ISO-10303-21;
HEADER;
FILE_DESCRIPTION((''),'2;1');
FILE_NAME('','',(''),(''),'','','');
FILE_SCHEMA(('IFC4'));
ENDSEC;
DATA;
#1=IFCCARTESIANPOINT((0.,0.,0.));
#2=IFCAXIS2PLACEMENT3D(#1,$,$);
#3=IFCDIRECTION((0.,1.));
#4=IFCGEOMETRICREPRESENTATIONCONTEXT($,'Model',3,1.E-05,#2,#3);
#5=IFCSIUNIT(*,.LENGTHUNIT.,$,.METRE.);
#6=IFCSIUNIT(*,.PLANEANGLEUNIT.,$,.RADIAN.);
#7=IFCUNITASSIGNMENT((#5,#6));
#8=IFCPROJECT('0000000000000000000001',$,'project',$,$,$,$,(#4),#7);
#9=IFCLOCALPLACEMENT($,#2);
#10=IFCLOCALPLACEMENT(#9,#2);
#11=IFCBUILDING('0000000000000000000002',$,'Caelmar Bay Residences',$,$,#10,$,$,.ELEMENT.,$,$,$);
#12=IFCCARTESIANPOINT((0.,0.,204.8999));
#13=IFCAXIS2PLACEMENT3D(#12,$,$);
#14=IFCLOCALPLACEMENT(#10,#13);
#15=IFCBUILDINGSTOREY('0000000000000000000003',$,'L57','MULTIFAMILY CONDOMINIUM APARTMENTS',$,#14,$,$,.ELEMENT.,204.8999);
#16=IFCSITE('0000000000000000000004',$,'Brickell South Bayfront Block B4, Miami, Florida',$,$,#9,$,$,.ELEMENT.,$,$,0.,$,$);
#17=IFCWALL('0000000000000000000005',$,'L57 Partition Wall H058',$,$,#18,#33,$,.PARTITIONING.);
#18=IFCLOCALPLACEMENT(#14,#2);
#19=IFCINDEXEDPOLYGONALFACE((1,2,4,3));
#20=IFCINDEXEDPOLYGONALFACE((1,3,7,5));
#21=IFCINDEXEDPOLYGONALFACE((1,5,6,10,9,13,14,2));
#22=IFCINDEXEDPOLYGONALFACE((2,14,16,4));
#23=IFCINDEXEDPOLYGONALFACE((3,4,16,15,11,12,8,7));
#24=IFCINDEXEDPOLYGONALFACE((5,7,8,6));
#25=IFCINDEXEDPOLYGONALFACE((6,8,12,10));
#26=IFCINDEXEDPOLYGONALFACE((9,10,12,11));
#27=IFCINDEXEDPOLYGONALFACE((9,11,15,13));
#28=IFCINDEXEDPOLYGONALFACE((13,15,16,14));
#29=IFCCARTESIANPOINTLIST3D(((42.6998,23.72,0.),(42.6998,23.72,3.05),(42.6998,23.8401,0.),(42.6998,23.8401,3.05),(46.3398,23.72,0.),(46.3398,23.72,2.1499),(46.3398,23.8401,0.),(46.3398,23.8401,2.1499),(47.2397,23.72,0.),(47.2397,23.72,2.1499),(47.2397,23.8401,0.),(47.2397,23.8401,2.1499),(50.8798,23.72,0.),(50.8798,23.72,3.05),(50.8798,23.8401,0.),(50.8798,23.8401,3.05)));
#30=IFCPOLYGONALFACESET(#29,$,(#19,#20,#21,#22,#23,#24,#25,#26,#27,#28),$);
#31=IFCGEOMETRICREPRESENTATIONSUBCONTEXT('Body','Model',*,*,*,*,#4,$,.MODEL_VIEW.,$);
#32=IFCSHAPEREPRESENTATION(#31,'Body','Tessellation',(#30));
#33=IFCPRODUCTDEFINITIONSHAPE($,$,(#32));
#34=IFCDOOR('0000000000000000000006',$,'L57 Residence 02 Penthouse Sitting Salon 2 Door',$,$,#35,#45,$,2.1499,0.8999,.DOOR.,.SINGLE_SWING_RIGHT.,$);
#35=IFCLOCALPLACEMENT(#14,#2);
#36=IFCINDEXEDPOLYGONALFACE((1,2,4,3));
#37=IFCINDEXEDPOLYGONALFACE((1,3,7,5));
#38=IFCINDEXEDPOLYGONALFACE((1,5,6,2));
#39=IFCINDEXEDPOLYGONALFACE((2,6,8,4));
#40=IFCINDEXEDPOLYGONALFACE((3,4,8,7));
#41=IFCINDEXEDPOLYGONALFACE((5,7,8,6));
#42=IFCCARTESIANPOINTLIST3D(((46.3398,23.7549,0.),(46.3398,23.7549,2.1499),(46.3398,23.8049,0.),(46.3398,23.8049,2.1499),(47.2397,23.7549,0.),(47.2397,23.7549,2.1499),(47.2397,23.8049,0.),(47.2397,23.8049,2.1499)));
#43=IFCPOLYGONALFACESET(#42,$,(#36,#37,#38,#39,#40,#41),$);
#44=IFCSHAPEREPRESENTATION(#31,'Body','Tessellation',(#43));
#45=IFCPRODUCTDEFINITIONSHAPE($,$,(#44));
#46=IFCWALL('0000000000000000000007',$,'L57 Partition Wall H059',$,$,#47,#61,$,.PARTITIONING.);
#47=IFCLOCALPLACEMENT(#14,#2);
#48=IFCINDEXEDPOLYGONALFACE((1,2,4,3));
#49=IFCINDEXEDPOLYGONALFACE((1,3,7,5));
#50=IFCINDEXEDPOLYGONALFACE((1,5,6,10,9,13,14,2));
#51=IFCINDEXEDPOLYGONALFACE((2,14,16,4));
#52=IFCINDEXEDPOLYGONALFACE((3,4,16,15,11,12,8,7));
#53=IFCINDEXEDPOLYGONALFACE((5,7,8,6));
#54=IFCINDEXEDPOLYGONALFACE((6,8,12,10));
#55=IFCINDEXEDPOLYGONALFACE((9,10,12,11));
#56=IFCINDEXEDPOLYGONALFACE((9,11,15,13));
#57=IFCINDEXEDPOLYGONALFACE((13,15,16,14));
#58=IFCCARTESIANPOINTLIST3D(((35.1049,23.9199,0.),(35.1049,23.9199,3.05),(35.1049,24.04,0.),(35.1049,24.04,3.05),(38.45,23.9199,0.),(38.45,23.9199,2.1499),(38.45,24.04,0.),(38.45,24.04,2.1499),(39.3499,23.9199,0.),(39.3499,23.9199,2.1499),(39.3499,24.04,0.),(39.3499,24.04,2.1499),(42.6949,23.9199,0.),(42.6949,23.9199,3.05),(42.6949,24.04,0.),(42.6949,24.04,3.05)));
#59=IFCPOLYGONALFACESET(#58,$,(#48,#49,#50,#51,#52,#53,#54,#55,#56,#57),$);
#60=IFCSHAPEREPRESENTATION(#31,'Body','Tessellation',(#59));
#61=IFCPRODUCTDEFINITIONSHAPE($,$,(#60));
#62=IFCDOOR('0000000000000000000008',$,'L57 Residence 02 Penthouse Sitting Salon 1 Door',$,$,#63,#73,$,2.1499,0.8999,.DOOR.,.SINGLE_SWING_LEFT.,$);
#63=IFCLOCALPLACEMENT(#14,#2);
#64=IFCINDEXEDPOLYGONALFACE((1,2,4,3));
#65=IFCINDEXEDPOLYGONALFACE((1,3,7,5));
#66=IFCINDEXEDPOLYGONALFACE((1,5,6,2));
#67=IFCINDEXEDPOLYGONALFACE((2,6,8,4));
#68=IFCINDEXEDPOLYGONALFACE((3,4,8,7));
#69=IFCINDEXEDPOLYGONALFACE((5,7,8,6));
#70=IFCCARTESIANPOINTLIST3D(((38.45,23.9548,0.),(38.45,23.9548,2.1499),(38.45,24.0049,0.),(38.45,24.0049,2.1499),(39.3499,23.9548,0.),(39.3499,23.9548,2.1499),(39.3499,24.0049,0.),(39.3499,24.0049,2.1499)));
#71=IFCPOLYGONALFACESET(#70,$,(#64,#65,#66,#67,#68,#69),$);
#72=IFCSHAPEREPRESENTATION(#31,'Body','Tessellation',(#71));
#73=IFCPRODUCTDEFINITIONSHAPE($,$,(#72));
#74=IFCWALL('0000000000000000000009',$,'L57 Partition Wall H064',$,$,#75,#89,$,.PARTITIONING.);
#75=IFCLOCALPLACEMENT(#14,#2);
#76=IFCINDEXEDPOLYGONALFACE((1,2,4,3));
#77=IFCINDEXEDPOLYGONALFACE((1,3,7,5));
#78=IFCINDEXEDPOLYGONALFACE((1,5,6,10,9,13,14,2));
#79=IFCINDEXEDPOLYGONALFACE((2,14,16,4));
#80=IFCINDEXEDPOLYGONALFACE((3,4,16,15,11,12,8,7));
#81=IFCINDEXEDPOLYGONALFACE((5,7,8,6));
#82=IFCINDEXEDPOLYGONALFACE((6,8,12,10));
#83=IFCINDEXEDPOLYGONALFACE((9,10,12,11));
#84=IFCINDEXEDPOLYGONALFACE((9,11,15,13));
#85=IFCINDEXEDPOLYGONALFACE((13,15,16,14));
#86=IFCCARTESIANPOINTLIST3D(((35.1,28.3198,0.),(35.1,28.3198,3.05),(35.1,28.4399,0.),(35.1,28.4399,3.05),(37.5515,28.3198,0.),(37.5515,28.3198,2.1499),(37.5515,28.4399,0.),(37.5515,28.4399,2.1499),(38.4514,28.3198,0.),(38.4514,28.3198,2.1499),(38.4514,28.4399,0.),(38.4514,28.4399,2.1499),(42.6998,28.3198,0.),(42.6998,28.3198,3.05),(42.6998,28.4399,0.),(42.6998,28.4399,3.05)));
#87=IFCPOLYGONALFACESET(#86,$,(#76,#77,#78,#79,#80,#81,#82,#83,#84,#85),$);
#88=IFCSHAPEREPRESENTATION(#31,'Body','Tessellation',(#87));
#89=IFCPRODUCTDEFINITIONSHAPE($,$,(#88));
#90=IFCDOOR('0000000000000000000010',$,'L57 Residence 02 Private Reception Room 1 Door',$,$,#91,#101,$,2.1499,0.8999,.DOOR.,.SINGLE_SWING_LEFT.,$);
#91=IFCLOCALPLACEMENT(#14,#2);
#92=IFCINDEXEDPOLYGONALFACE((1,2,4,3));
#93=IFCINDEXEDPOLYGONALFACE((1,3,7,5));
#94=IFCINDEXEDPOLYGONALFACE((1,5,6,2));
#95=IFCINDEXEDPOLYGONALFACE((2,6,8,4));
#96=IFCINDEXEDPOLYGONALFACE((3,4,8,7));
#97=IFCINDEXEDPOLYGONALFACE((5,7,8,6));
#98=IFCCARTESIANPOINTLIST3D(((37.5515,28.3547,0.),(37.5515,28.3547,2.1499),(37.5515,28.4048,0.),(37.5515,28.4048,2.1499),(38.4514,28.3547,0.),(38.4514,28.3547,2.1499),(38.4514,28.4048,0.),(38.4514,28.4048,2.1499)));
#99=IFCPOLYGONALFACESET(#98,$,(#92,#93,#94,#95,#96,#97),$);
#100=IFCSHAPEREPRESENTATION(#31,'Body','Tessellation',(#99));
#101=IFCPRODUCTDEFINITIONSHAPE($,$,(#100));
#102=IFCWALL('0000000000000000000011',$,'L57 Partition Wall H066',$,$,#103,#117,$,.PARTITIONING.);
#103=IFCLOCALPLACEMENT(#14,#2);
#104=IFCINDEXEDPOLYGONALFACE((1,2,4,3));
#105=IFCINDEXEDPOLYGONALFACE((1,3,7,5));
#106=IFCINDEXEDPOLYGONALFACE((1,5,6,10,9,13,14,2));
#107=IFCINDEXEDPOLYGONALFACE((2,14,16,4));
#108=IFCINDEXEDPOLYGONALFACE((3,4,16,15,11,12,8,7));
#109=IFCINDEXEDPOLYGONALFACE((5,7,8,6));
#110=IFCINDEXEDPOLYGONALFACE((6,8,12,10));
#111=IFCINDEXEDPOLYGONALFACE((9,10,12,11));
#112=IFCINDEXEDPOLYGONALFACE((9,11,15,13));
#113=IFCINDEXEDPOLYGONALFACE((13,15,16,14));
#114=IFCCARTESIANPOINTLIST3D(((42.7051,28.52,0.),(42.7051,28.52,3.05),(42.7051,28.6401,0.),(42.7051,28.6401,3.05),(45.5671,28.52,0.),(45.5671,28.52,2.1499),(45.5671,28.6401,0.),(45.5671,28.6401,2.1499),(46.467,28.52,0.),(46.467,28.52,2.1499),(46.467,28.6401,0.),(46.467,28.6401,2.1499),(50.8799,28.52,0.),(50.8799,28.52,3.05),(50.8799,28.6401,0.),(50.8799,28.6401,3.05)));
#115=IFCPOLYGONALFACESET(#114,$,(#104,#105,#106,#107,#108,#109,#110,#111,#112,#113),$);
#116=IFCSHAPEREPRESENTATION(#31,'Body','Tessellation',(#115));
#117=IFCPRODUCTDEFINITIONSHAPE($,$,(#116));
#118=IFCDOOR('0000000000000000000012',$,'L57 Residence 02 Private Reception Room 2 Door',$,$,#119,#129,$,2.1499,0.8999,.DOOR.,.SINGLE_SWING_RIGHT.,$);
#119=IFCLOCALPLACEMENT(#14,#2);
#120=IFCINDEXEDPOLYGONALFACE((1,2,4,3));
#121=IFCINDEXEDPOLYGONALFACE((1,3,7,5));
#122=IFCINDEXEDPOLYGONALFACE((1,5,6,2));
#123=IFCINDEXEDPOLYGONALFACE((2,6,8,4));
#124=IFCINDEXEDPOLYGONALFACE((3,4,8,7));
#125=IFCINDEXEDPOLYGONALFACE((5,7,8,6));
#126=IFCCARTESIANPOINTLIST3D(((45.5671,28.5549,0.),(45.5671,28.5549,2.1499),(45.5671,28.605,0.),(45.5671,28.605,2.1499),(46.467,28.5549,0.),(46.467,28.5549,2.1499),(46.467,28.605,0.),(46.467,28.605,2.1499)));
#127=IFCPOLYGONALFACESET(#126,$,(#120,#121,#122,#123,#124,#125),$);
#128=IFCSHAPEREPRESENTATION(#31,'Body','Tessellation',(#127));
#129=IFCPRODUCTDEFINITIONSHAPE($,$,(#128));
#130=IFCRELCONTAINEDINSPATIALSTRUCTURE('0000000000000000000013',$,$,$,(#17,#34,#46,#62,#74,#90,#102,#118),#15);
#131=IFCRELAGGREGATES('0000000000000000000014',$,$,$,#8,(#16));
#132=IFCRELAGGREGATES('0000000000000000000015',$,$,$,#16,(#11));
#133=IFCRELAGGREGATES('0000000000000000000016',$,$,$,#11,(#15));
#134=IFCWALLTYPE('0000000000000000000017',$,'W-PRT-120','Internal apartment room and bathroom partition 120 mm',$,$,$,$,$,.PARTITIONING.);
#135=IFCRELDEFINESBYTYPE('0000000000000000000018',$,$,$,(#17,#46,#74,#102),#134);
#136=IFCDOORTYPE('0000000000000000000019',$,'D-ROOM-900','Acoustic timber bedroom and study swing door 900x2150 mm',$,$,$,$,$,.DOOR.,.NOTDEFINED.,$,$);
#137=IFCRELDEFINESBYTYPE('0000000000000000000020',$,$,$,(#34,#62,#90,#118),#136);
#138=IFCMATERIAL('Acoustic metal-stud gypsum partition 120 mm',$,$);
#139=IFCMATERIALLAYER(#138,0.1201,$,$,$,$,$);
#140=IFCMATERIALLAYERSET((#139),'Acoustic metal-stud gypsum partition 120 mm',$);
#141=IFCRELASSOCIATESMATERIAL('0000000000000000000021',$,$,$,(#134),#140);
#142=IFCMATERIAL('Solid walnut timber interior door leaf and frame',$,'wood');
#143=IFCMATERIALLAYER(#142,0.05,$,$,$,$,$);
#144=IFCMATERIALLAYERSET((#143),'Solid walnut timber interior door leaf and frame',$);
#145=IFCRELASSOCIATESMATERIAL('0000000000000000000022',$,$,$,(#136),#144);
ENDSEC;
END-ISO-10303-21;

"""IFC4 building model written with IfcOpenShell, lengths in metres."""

from ifc_helpers import new_model, si_unit, direction, frame, frame_2d, origin, place, context, subcontext, project, spatial, rectangle, extrude, material, layer, layer_set, type_object, element, fill, save


model = new_model("IFC4")

# Units and contexts
model_context = context("Model", 3, precision=1e-05, world=origin(), true_north=direction((0.0, 1.0)))
body_context = subcontext(model_context, "Body", "Model", "MODEL_VIEW")
ifc_project = project(units=[si_unit("LENGTHUNIT", "METRE"), si_unit("PLANEANGLEUNIT", "RADIAN")], contexts=[model_context])

# Site, building, storey
site_placement = place(None, origin())
site = spatial("IfcSite", under=ifc_project, at=site_placement, Name="Brickell South Bayfront Block B4, Miami, Florida", CompositionType="ELEMENT", RefElevation=0.0)
building_placement = place(site_placement, origin())
building = spatial("IfcBuilding", under=site, at=building_placement, Name="Caelmar Bay Residences", CompositionType="ELEMENT")
storey_placement = place(building_placement, frame((0.0, 0.0, 204.8999)))
storey = spatial("IfcBuildingStorey", under=building, at=storey_placement, Name="L57", Description="MULTIFAMILY CONDOMINIUM APARTMENTS", CompositionType="ELEMENT", Elevation=204.8999)

# Walls, openings, doors
ifc_material_1 = material(Name="Acoustic metal-stud gypsum partition 120 mm")
ifc_layer_1 = layer(ifc_material_1, 0.1201)
ifc_layer_set_1 = layer_set([ifc_layer_1], Name="Acoustic metal-stud gypsum partition 120 mm")
wall_type = type_object("IfcWallType", Name="W-PRT-120", Description="Internal apartment room and bathroom partition 120 mm", PredefinedType="PARTITIONING", material=ifc_layer_set_1)
ifc_material_2 = material(Name="Solid walnut timber interior door leaf and frame", Category="wood")
wall_1_placement = place(storey_placement, frame((42.7, 23.78, 0.0), z_axis=(0.0, 0.0, 1.0), x_axis=(1.0, 0.0, 0.0)))
wall_1 = element("IfcWall", 1, at=wall_1_placement, inside=storey, type_object=wall_type, Name="L57 Partition Wall H058", PredefinedType="PARTITIONING", context=body_context, shape_type="SweptSolid", body=[
    extrude(rectangle(XDim=8.1799, YDim=0.1201, at=frame_2d((4.0898, 0.0))), origin(), (0.0, 0.0, 1.0), 3.05),
])
opening_1_placement = place(wall_1_placement, frame((3.6399, 0.0, 0.0)))
opening_1 = element("IfcOpeningElement", 2, at=opening_1_placement, cuts=wall_1, PredefinedType="OPENING", context=body_context, shape_type="SweptSolid", body=[
    extrude(rectangle(XDim=0.8999, YDim=2.1499, at=frame_2d((0.45, 1.075))), frame((0.0, 0.0701, 0.0), z_axis=(0.0, -1.0, 0.0), x_axis=(1.0, 0.0, 0.0)), (0.0, 0.0, 1.0), 0.1401),
])
ifc_layer_2 = layer(ifc_material_2, 0.05)
ifc_layer_set_2 = layer_set([ifc_layer_2], Name="Solid walnut timber interior door leaf and frame")
door_type_1 = type_object("IfcDoorType", Name="D-ROOM-900", Description="Acoustic timber bedroom and study swing door 900x2150 mm", OperationType="NOTDEFINED", PredefinedType="DOOR", material=ifc_layer_set_2)
door_1_placement = place(opening_1_placement, origin())
door_1 = element("IfcDoor", 3, at=door_1_placement, inside=storey, type_object=door_type_1, Name="L57 Residence 02 Penthouse Sitting Salon 2 Door", OperationType="SINGLE_SWING_RIGHT", OverallHeight=2.1499, OverallWidth=0.8999, PredefinedType="DOOR", context=body_context, shape_type="SweptSolid", body=[
    extrude(rectangle(XDim=0.8999, YDim=2.1499, at=frame_2d((0.45, 1.075))), frame((0.0, 0.0249, 0.0), z_axis=(0.0, -1.0, 0.0), x_axis=(1.0, 0.0, 0.0)), (0.0, 0.0, 1.0), 0.05),
])
fill(opening_1, door_1)
wall_2_placement = place(storey_placement, frame((35.105, 23.98, 0.0), z_axis=(0.0, 0.0, 1.0), x_axis=(1.0, 0.0, 0.0)))
wall_2 = element("IfcWall", 4, at=wall_2_placement, inside=storey, type_object=wall_type, Name="L57 Partition Wall H059", PredefinedType="PARTITIONING", context=body_context, shape_type="SweptSolid", body=[
    extrude(rectangle(XDim=7.5901, YDim=0.1201, at=frame_2d((3.7949, 0.0))), origin(), (0.0, 0.0, 1.0), 3.05),
])
opening_2_placement = place(wall_2_placement, frame((3.345, 0.0, 0.0)))
opening_2 = element("IfcOpeningElement", 5, at=opening_2_placement, cuts=wall_2, PredefinedType="OPENING", context=body_context, shape_type="SweptSolid", body=[
    extrude(rectangle(XDim=0.8999, YDim=2.1499, at=frame_2d((0.45, 1.075))), frame((0.0, 0.0701, 0.0), z_axis=(0.0, -1.0, 0.0), x_axis=(1.0, 0.0, 0.0)), (0.0, 0.0, 1.0), 0.1401),
])
door_2_placement = place(opening_2_placement, origin())
door_2 = element("IfcDoor", 6, at=door_2_placement, inside=storey, type_object=door_type_1, Name="L57 Residence 02 Penthouse Sitting Salon 1 Door", OperationType="SINGLE_SWING_LEFT", OverallHeight=2.1499, OverallWidth=0.8999, PredefinedType="DOOR", context=body_context, shape_type="SweptSolid", body=[
    extrude(rectangle(XDim=0.8999, YDim=2.1499, at=frame_2d((0.45, 1.075))), frame((0.0, 0.0249, 0.0), z_axis=(0.0, -1.0, 0.0), x_axis=(1.0, 0.0, 0.0)), (0.0, 0.0, 1.0), 0.05),
])
fill(opening_2, door_2)
wall_3_placement = place(storey_placement, frame((35.1001, 28.3799, 0.0), z_axis=(0.0, 0.0, 1.0), x_axis=(1.0, 0.0, 0.0)))
wall_3 = element("IfcWall", 7, at=wall_3_placement, inside=storey, type_object=wall_type, Name="L57 Partition Wall H064", PredefinedType="PARTITIONING", context=body_context, shape_type="SweptSolid", body=[
    extrude(rectangle(XDim=7.5999, YDim=0.1201, at=frame_2d((3.7998, 0.0))), origin(), (0.0, 0.0, 1.0), 3.05),
])
opening_3_placement = place(wall_3_placement, frame((2.4514, 0.0, 0.0)))
opening_3 = element("IfcOpeningElement", 8, at=opening_3_placement, cuts=wall_3, PredefinedType="OPENING", context=body_context, shape_type="SweptSolid", body=[
    extrude(rectangle(XDim=0.8999, YDim=2.1499, at=frame_2d((0.45, 1.075))), frame((0.0, 0.0701, 0.0), z_axis=(0.0, -1.0, 0.0), x_axis=(1.0, 0.0, 0.0)), (0.0, 0.0, 1.0), 0.1401),
])
door_3_placement = place(opening_3_placement, origin())
door_3 = element("IfcDoor", 9, at=door_3_placement, inside=storey, type_object=door_type_1, Name="L57 Residence 02 Private Reception Room 1 Door", OperationType="SINGLE_SWING_LEFT", OverallHeight=2.1499, OverallWidth=0.8999, PredefinedType="DOOR", context=body_context, shape_type="SweptSolid", body=[
    extrude(rectangle(XDim=0.8999, YDim=2.1499, at=frame_2d((0.45, 1.075))), frame((0.0, 0.0249, 0.0), z_axis=(0.0, -1.0, 0.0), x_axis=(1.0, 0.0, 0.0)), (0.0, 0.0, 1.0), 0.05),
])
fill(opening_3, door_3)
wall_4_placement = place(storey_placement, frame((42.7051, 28.5801, 0.0), z_axis=(0.0, 0.0, 1.0), x_axis=(1.0, 0.0, 0.0)))
wall_4 = element("IfcWall", 10, at=wall_4_placement, inside=storey, type_object=wall_type, Name="L57 Partition Wall H066", PredefinedType="PARTITIONING", context=body_context, shape_type="SweptSolid", body=[
    extrude(rectangle(XDim=8.1748, YDim=0.1201, at=frame_2d((4.0874, 0.0))), origin(), (0.0, 0.0, 1.0), 3.05),
])
opening_4_placement = place(wall_4_placement, frame((2.8621, 0.0, 0.0)))
opening_4 = element("IfcOpeningElement", 11, at=opening_4_placement, cuts=wall_4, PredefinedType="OPENING", context=body_context, shape_type="SweptSolid", body=[
    extrude(rectangle(XDim=0.8999, YDim=2.1499, at=frame_2d((0.45, 1.075))), frame((0.0, 0.0701, 0.0), z_axis=(0.0, -1.0, 0.0), x_axis=(1.0, 0.0, 0.0)), (0.0, 0.0, 1.0), 0.1401),
])
door_4_placement = place(opening_4_placement, origin())
door_4 = element("IfcDoor", 12, at=door_4_placement, inside=storey, type_object=door_type_1, Name="L57 Residence 02 Private Reception Room 2 Door", OperationType="SINGLE_SWING_RIGHT", OverallHeight=2.1499, OverallWidth=0.8999, PredefinedType="DOOR", context=body_context, shape_type="SweptSolid", body=[
    extrude(rectangle(XDim=0.8999, YDim=2.1499, at=frame_2d((0.45, 1.075))), frame((0.0, 0.0249, 0.0), z_axis=(0.0, -1.0, 0.0), x_axis=(1.0, 0.0, 0.0)), (0.0, 0.0, 1.0), 0.05),
])
fill(opening_4, door_4)

save(model, "model.ifc")
